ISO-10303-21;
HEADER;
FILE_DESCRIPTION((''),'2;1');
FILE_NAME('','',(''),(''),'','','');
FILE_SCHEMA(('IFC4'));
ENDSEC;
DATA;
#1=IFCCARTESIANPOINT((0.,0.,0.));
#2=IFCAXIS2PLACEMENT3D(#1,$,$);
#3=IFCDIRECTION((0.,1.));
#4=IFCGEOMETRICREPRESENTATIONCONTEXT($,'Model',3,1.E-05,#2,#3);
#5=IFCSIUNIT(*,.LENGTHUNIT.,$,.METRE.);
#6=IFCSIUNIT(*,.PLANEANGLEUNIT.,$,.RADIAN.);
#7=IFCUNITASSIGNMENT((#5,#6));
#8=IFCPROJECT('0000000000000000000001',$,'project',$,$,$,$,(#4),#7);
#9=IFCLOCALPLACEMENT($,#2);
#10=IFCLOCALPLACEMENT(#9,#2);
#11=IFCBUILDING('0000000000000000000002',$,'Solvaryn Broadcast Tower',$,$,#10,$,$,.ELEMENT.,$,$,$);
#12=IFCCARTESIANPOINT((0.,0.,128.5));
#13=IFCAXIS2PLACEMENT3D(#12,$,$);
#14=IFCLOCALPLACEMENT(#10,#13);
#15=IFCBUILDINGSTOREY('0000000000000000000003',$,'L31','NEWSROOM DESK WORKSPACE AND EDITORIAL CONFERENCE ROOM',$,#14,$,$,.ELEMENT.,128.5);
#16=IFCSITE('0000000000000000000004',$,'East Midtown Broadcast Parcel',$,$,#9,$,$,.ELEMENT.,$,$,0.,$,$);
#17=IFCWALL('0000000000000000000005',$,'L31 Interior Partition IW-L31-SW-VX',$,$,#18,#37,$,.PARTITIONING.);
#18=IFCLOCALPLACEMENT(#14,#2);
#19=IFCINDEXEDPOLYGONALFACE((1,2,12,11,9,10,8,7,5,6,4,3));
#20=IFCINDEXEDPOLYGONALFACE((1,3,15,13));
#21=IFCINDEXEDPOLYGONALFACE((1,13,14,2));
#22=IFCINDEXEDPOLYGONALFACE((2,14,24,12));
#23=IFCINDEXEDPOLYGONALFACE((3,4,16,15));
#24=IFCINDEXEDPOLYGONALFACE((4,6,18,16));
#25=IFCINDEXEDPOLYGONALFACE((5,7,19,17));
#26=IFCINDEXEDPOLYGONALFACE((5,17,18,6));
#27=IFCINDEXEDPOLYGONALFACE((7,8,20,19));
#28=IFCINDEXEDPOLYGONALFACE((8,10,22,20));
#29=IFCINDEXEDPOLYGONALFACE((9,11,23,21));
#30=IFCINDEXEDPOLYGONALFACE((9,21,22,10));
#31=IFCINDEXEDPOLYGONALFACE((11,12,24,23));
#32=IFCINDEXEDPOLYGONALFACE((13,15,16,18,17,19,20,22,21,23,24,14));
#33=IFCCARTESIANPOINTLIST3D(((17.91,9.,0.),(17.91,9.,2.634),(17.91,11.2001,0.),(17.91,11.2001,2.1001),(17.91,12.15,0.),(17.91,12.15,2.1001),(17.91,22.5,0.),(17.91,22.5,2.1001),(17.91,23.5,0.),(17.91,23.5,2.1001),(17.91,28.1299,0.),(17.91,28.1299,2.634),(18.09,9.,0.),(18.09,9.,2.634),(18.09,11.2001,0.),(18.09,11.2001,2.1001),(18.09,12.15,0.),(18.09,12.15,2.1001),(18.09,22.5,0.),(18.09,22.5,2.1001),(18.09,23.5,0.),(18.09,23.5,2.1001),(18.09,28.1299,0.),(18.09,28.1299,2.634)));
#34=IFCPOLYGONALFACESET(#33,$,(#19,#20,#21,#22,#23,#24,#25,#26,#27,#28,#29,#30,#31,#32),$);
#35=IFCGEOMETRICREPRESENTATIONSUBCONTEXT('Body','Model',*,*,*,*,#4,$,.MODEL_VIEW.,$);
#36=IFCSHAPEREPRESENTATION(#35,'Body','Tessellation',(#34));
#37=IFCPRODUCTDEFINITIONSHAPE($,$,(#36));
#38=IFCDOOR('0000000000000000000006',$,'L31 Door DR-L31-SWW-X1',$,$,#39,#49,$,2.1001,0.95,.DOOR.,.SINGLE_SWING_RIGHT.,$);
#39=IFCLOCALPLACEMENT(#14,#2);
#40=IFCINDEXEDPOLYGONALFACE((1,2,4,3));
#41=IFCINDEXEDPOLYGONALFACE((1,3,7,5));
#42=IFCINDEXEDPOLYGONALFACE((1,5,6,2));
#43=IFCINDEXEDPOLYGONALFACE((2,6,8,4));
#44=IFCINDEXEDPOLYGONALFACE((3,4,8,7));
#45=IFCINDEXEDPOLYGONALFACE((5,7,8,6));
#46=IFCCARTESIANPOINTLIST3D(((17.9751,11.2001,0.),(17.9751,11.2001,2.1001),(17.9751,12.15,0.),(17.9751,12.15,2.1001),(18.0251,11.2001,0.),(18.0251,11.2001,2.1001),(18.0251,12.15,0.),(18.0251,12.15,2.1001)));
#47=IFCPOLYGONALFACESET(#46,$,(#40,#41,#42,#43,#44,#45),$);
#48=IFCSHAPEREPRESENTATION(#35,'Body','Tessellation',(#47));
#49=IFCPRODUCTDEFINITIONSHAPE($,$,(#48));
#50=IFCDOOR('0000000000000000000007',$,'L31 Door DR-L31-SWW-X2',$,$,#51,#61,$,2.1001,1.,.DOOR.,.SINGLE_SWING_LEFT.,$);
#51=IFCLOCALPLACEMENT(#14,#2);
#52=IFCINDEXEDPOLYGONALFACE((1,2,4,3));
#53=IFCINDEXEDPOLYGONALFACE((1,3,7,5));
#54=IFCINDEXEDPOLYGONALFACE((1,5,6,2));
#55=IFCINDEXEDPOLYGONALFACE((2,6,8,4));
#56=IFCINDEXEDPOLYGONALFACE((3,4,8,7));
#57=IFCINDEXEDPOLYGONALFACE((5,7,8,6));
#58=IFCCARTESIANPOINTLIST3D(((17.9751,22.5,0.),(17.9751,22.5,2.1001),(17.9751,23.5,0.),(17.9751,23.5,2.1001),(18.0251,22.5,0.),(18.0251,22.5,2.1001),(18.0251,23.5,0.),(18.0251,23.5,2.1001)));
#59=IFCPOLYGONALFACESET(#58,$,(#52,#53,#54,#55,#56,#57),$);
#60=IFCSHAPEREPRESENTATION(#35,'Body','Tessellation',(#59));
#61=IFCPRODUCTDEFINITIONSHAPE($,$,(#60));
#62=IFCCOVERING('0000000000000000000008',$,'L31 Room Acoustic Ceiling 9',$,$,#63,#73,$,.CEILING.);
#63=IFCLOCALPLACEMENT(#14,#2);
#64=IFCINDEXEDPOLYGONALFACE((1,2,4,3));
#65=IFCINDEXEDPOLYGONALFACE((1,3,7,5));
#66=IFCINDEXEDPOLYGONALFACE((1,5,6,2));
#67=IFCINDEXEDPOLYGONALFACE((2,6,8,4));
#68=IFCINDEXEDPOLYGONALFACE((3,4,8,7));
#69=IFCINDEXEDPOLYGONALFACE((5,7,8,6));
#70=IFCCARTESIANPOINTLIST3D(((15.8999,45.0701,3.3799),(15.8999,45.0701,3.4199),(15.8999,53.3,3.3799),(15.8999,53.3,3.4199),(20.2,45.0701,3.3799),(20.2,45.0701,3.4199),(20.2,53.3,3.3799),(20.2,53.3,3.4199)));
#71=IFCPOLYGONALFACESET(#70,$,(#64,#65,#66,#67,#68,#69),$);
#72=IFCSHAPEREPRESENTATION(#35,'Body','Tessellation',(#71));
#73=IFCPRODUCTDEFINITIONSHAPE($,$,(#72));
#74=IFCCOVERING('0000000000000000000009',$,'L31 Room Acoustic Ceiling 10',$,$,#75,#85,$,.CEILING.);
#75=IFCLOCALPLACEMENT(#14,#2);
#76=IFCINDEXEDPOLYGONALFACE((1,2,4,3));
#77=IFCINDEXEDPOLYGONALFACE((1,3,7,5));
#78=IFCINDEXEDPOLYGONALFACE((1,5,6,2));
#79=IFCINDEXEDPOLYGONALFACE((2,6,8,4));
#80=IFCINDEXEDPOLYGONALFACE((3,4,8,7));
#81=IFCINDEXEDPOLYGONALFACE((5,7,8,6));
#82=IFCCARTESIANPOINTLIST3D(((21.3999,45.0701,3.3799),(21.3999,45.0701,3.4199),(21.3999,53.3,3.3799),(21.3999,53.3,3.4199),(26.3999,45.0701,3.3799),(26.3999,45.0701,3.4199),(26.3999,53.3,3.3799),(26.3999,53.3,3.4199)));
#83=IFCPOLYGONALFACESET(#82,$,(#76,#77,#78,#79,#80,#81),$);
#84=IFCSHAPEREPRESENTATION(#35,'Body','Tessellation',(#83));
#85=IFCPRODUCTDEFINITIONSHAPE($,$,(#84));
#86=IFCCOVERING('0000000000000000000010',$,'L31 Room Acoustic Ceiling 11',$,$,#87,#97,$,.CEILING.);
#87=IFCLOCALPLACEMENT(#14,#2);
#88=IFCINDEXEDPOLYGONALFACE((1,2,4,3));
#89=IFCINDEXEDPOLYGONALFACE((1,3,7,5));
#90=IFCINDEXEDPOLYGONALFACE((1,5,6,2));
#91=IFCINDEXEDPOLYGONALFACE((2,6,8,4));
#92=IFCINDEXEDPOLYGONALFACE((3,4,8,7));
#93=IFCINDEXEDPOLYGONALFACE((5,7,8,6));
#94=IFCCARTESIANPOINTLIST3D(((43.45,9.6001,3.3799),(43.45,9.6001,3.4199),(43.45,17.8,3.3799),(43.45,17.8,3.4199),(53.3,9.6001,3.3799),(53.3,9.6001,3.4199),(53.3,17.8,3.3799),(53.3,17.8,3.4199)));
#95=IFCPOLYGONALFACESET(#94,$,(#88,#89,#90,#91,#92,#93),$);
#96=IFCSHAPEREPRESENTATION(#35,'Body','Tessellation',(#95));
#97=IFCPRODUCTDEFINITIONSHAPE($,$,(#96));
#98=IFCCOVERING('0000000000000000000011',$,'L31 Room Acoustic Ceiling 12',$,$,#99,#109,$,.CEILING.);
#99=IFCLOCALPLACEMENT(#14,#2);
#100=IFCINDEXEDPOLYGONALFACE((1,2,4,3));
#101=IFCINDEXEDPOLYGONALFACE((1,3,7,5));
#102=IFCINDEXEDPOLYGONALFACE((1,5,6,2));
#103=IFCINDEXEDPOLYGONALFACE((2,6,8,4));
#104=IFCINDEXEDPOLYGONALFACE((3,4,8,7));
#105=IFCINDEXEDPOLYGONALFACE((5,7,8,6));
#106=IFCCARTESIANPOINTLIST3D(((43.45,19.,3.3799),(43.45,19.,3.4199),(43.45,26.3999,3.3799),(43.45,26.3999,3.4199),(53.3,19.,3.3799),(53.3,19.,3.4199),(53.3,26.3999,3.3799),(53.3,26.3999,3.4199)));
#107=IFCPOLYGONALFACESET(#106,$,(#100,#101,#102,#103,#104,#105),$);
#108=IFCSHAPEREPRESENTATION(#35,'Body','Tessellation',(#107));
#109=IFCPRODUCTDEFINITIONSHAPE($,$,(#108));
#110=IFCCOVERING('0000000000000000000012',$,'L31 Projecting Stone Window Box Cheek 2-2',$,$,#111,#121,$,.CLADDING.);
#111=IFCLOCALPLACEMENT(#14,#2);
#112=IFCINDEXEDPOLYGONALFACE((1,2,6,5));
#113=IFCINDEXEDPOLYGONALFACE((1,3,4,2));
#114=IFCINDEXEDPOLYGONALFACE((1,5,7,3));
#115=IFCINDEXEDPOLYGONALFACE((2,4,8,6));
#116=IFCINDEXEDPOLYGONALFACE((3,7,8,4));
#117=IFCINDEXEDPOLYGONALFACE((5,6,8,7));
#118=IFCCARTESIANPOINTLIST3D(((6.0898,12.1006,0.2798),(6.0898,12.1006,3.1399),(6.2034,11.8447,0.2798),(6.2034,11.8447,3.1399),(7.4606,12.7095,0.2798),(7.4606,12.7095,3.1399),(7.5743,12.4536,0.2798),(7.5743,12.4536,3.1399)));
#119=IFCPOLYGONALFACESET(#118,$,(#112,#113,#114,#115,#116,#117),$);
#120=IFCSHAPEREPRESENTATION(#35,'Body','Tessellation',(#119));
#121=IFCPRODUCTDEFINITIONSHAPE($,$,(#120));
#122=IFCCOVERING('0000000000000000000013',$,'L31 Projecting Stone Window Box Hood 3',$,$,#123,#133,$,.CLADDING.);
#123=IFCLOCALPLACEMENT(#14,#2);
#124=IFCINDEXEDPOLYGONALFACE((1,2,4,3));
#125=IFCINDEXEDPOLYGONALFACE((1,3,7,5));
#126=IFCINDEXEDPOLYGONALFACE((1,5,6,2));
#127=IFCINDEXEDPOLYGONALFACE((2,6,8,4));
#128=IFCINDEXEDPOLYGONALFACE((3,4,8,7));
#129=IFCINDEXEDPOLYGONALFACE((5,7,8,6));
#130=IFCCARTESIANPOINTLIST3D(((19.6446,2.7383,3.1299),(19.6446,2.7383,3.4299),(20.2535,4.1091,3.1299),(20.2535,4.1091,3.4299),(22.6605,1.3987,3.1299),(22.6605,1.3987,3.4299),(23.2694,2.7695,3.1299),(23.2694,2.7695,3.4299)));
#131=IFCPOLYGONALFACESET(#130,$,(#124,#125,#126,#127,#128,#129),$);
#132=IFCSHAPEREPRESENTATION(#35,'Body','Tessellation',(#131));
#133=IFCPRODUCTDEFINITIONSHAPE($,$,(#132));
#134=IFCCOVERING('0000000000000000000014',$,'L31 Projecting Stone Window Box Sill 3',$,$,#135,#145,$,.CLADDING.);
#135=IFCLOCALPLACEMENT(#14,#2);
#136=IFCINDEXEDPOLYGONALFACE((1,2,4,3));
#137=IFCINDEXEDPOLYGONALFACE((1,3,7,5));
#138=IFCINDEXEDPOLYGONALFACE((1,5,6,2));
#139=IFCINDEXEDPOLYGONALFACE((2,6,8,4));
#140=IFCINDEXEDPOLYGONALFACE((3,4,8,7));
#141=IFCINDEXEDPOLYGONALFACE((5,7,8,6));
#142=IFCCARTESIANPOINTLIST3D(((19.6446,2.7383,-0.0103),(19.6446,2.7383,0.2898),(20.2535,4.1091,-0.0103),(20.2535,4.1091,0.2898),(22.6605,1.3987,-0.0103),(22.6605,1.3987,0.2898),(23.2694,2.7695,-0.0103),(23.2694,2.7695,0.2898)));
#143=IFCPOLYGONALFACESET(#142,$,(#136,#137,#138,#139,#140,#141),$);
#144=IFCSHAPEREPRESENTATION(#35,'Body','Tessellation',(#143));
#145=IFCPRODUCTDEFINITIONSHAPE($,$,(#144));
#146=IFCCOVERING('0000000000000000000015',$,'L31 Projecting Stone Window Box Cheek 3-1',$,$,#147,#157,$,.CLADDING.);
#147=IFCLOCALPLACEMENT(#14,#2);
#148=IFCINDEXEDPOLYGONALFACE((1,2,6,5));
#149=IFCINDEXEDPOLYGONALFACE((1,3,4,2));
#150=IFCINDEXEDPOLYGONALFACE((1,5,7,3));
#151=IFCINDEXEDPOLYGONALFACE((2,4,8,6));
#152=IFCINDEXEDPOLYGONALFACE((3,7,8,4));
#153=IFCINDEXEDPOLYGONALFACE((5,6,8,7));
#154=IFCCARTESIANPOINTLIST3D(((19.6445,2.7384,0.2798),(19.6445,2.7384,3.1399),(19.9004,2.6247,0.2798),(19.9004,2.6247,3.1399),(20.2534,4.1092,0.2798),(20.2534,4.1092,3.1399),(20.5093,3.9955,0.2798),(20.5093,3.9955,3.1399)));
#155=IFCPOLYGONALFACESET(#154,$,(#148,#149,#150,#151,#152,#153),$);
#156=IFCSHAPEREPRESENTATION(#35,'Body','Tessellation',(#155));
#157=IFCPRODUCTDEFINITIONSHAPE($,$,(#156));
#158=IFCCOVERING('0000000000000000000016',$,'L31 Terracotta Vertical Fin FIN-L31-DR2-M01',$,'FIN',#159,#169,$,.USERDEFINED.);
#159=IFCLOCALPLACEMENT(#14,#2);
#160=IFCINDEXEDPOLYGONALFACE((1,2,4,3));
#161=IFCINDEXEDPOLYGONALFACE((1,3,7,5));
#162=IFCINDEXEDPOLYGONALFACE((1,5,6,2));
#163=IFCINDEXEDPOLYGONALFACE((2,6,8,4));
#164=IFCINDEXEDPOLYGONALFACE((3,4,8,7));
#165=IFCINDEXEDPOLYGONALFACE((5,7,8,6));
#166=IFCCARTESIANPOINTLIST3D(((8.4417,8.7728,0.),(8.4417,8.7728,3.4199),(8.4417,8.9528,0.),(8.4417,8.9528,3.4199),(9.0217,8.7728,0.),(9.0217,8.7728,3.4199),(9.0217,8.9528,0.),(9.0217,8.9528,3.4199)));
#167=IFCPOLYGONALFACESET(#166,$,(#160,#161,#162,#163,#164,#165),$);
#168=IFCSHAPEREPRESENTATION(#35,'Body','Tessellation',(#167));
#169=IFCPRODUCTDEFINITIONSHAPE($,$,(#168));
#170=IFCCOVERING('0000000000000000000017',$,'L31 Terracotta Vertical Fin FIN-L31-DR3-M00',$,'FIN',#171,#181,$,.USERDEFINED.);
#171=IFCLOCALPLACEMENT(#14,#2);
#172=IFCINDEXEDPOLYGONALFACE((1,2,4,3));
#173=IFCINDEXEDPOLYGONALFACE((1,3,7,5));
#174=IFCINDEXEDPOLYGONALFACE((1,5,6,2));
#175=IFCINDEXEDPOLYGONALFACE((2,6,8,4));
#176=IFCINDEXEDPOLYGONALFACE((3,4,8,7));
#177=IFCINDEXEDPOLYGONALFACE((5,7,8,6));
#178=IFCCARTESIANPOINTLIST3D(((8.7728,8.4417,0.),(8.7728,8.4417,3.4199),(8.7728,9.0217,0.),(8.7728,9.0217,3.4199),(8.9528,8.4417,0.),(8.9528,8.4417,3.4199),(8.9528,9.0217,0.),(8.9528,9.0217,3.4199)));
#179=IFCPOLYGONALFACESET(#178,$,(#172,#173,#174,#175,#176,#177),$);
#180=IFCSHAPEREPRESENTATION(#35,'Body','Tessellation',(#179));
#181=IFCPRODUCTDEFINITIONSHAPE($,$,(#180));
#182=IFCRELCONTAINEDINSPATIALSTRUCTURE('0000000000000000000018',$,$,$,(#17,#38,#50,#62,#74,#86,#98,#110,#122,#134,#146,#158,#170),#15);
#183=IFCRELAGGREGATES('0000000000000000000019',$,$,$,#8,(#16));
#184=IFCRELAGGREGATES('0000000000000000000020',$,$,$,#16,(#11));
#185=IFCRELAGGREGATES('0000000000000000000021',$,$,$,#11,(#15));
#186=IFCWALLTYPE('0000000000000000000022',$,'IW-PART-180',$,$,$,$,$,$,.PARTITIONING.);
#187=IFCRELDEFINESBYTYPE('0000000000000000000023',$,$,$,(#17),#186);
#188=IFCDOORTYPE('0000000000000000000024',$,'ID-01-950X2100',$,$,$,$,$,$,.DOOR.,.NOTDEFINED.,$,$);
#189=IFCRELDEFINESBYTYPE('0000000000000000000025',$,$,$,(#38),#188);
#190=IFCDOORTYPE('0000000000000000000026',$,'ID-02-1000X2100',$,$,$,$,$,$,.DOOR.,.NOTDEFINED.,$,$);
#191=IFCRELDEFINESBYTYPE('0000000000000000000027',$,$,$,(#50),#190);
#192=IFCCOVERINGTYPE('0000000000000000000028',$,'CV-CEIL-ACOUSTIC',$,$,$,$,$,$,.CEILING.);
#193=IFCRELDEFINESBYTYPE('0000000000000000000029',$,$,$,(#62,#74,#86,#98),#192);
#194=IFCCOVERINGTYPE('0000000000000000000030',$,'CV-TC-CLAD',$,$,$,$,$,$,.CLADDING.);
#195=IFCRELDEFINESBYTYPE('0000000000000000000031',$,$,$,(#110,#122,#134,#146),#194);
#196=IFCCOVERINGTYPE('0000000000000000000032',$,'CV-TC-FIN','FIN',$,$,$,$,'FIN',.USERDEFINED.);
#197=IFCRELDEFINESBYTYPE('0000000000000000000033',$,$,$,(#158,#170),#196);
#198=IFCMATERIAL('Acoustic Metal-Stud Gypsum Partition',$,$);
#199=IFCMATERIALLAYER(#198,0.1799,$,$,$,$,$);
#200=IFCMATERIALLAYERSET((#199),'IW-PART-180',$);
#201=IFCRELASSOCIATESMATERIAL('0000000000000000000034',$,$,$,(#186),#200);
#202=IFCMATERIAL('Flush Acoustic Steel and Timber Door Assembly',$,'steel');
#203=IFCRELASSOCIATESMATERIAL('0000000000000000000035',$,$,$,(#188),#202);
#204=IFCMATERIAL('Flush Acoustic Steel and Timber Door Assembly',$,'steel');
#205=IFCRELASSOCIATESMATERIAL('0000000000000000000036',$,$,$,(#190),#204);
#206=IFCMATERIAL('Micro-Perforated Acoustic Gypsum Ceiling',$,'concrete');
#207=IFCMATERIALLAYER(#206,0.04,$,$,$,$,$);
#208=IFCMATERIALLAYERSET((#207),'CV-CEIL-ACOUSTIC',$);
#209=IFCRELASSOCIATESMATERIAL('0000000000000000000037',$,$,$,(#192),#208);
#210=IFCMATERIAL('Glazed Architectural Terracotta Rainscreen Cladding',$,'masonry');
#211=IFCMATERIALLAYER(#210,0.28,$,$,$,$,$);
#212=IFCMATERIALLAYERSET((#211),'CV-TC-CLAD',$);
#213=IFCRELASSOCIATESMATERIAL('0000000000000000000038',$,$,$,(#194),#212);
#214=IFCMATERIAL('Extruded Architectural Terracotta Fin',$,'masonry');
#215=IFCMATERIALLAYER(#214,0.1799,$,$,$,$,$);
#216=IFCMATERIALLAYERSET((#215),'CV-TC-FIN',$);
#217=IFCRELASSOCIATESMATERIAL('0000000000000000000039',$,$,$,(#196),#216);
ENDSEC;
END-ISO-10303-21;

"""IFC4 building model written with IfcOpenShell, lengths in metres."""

from ifc_helpers import new_model, si_unit, direction, frame, frame_2d, origin, origin_2d, place, context, subcontext, project, spatial, polyline, rectangle, outline, extrude, material, layer, layer_set, type_object, element, fill, save


model = new_model("IFC4")

# Units and contexts
model_context = context("Model", 3, precision=1e-05, world=origin(), true_north=direction((0.0, 1.0)))
body_context = subcontext(model_context, "Body", "Model", "MODEL_VIEW")
ifc_project = project(units=[si_unit("LENGTHUNIT", "METRE"), si_unit("PLANEANGLEUNIT", "RADIAN")], contexts=[model_context])

# Site, building, storey
site_placement = place(None, origin())
site = spatial("IfcSite", under=ifc_project, at=site_placement, Name="East Midtown Broadcast Parcel", CompositionType="ELEMENT", RefElevation=0.0)
building_placement = place(site_placement, origin())
building = spatial("IfcBuilding", under=site, at=building_placement, Name="Solvaryn Broadcast Tower", CompositionType="ELEMENT")
storey_placement = place(building_placement, frame((0.0, 0.0, 128.5)))
storey = spatial("IfcBuildingStorey", under=building, at=storey_placement, Name="L31", Description="NEWSROOM DESK WORKSPACE AND EDITORIAL CONFERENCE ROOM", CompositionType="ELEMENT", Elevation=128.5)

# Wall, openings, doors
ifc_material_1 = material(Name="Acoustic Metal-Stud Gypsum Partition")
ifc_layer_1 = layer(ifc_material_1, 0.1799)
ifc_layer_set_1 = layer_set([ifc_layer_1], Name="IW-PART-180")
wall_type_1 = type_object("IfcWallType", Name="IW-PART-180", PredefinedType="PARTITIONING", material=ifc_layer_set_1)
wall_1_placement = place(storey_placement, frame((18.0, 9.0, 0.0), z_axis=(0.0, 0.0, 1.0), x_axis=(0.0, 1.0, 0.0)))
wall_1 = element("IfcWall", 1, at=wall_1_placement, inside=storey, type_object=wall_type_1, Name="L31 Interior Partition IW-L31-SW-VX", PredefinedType="PARTITIONING", context=body_context, shape_type="SweptSolid", body=[
    extrude(rectangle(XDim=19.1299, YDim=0.1799, at=frame_2d((9.5649, 0.0))), origin(), (0.0, 0.0, 1.0), 2.634),
])
opening_1_placement = place(wall_1_placement, frame((2.2, 0.0, 0.0)))
opening_1 = element("IfcOpeningElement", 2, at=opening_1_placement, cuts=wall_1, PredefinedType="OPENING", context=body_context, shape_type="SweptSolid", body=[
    extrude(rectangle(XDim=0.95, YDim=2.1001, at=frame_2d((0.4751, 1.05))), frame((0.0, 0.0999, 0.0), z_axis=(0.0, -1.0, 0.0), x_axis=(1.0, 0.0, 0.0)), (0.0, 0.0, 1.0), 0.2),
])
opening_2_placement = place(wall_1_placement, frame((13.5, 0.0, 0.0)))
opening_2 = element("IfcOpeningElement", 3, at=opening_2_placement, cuts=wall_1, PredefinedType="OPENING", context=body_context, shape_type="SweptSolid", body=[
    extrude(rectangle(XDim=1.0, YDim=2.1001, at=frame_2d((0.5, 1.05))), frame((0.0, 0.0999, 0.0), z_axis=(0.0, -1.0, 0.0), x_axis=(1.0, 0.0, 0.0)), (0.0, 0.0, 1.0), 0.2),
])
ifc_material_2 = material(Name="Flush Acoustic Steel and Timber Door Assembly", Category="steel")
door_type_1 = type_object("IfcDoorType", Name="ID-01-950X2100", OperationType="NOTDEFINED", PredefinedType="DOOR", material=ifc_material_2)
door_1_placement = place(opening_1_placement, origin())
door_1 = element("IfcDoor", 4, at=door_1_placement, inside=storey, type_object=door_type_1, Name="L31 Door DR-L31-SWW-X1", OperationType="SINGLE_SWING_RIGHT", OverallHeight=2.1001, OverallWidth=0.95, PredefinedType="DOOR", context=body_context, shape_type="SweptSolid", body=[
    extrude(rectangle(XDim=0.95, YDim=2.1001, at=frame_2d((0.4751, 1.05))), frame((0.0, 0.0249, 0.0), z_axis=(0.0, -1.0, 0.0), x_axis=(1.0, 0.0, 0.0)), (0.0, 0.0, 1.0), 0.05),
])
fill(opening_1, door_1)
ifc_material_3 = material(Name="Flush Acoustic Steel and Timber Door Assembly", Category="steel")
door_type_2 = type_object("IfcDoorType", Name="ID-02-1000X2100", OperationType="NOTDEFINED", PredefinedType="DOOR", material=ifc_material_3)
door_2_placement = place(opening_2_placement, origin())
door_2 = element("IfcDoor", 5, at=door_2_placement, inside=storey, type_object=door_type_2, Name="L31 Door DR-L31-SWW-X2", OperationType="SINGLE_SWING_LEFT", OverallHeight=2.1001, OverallWidth=1.0, PredefinedType="DOOR", context=body_context, shape_type="SweptSolid", body=[
    extrude(rectangle(XDim=1.0, YDim=2.1001, at=frame_2d((0.5, 1.05))), frame((0.0, 0.0249, 0.0), z_axis=(0.0, -1.0, 0.0), x_axis=(1.0, 0.0, 0.0)), (0.0, 0.0, 1.0), 0.05),
])
fill(opening_2, door_2)

# Coverings
ifc_material_4 = material(Name="Micro-Perforated Acoustic Gypsum Ceiling", Category="concrete")
ifc_layer_2 = layer(ifc_material_4, 0.04)
ifc_layer_set_2 = layer_set([ifc_layer_2], Name="CV-CEIL-ACOUSTIC")
covering_type_1 = type_object("IfcCoveringType", Name="CV-CEIL-ACOUSTIC", PredefinedType="CEILING", material=ifc_layer_set_2)
covering_1_placement = place(storey_placement, frame((0.0, 0.0, 3.3799)))
element("IfcCovering", 6, at=covering_1_placement, inside=storey, type_object=covering_type_1, Name="L31 Room Acoustic Ceiling 9", PredefinedType="CEILING", context=body_context, shape_type="SweptSolid", body=[
    extrude(outline(polyline([(15.8999, 45.0701), (20.2, 45.0701), (20.2, 53.3), (15.8999, 53.3), (15.8999, 45.0701)])), origin(), (0.0, 0.0, 1.0), 0.04),
])
covering_2_placement = place(storey_placement, frame((0.0, 0.0, 3.3799)))
element("IfcCovering", 7, at=covering_2_placement, inside=storey, type_object=covering_type_1, Name="L31 Room Acoustic Ceiling 10", PredefinedType="CEILING", context=body_context, shape_type="SweptSolid", body=[
    extrude(outline(polyline([(21.3999, 45.0701), (26.3999, 45.0701), (26.3999, 53.3), (21.3999, 53.3), (21.3999, 45.0701)])), origin(), (0.0, 0.0, 1.0), 0.04),
])
covering_3_placement = place(storey_placement, frame((0.0, 0.0, 3.3799)))
element("IfcCovering", 8, at=covering_3_placement, inside=storey, type_object=covering_type_1, Name="L31 Room Acoustic Ceiling 11", PredefinedType="CEILING", context=body_context, shape_type="SweptSolid", body=[
    extrude(outline(polyline([(43.45, 9.6001), (53.3, 9.6001), (53.3, 17.8), (43.45, 17.8), (43.45, 9.6001)])), origin(), (0.0, 0.0, 1.0), 0.04),
])
covering_4_placement = place(storey_placement, frame((0.0, 0.0, 3.3799)))
element("IfcCovering", 9, at=covering_4_placement, inside=storey, type_object=covering_type_1, Name="L31 Room Acoustic Ceiling 12", PredefinedType="CEILING", context=body_context, shape_type="SweptSolid", body=[
    extrude(outline(polyline([(43.45, 19.0), (53.3, 19.0), (53.3, 26.3999), (43.45, 26.3999), (43.45, 19.0)])), origin(), (0.0, 0.0, 1.0), 0.04),
])
ifc_material_5 = material(Name="Glazed Architectural Terracotta Rainscreen Cladding", Category="masonry")
ifc_layer_3 = layer(ifc_material_5, 0.28)
ifc_layer_set_3 = layer_set([ifc_layer_3], Name="CV-TC-CLAD")
covering_type_2 = type_object("IfcCoveringType", Name="CV-TC-CLAD", PredefinedType="CLADDING", material=ifc_layer_set_3)
covering_5_placement = place(storey_placement, frame((6.832, 12.2771, 0.2798), z_axis=(0.0, 0.0, 1.0), x_axis=(0.405939, -0.9139, 0.0)))
element("IfcCovering", 10, at=covering_5_placement, inside=storey, type_object=covering_type_2, Name="L31 Projecting Stone Window Box Cheek 2-2", PredefinedType="CLADDING", context=body_context, shape_type="SweptSolid", body=[
    extrude(rectangle(XDim=0.28, YDim=1.5, at=origin_2d()), origin(), (0.0, 0.0, 1.0), 2.8601),
])
for number, where, z_axis, x_axis, name in (
    (11, (21.457, 2.7539, 3.1299), (0.0, 0.0, 1.0), (0.9139, -0.405939, 0.0), "L31 Projecting Stone Window Box Hood 3"),
    (12, (21.457, 2.7539, -0.0103), (0.0, 0.0, 1.0), (0.9139, -0.405939, 0.0), "L31 Projecting Stone Window Box Sill 3"),
):
    element("IfcCovering", number, at=place(storey_placement, frame(where, z_axis=z_axis, x_axis=x_axis)), inside=storey, type_object=covering_type_2, Name=name, PredefinedType="CLADDING", context=body_context, shape_type="SweptSolid", body=[
        extrude(rectangle(XDim=3.3, YDim=1.5, at=origin_2d()), origin(), (0.0, 0.0, 1.0), 0.3),
    ])
covering_6_placement = place(storey_placement, frame((20.0769, 3.3669, 0.2798), z_axis=(0.0, 0.0, 1.0), x_axis=(0.9139, -0.405939, 0.0)))
element("IfcCovering", 13, at=covering_6_placement, inside=storey, type_object=covering_type_2, Name="L31 Projecting Stone Window Box Cheek 3-1", PredefinedType="CLADDING", context=body_context, shape_type="SweptSolid", body=[
    extrude(rectangle(XDim=0.28, YDim=1.5, at=origin_2d()), origin(), (0.0, 0.0, 1.0), 2.8601),
])
ifc_material_6 = material(Name="Extruded Architectural Terracotta Fin", Category="masonry")
ifc_layer_4 = layer(ifc_material_6, 0.1799)
ifc_layer_set_4 = layer_set([ifc_layer_4], Name="CV-TC-FIN")
covering_type_3 = type_object("IfcCoveringType", Name="CV-TC-FIN", Description="FIN", ElementType="FIN", PredefinedType="USERDEFINED", material=ifc_layer_set_4)
covering_7_placement = place(storey_placement, frame((8.7317, 8.8628, 0.0), z_axis=(0.0, 0.0, 1.0), x_axis=(1.0, 0.0, 0.0)))
element("IfcCovering", 14, at=covering_7_placement, inside=storey, type_object=covering_type_3, Name="L31 Terracotta Vertical Fin FIN-L31-DR2-M01", ObjectType="FIN", PredefinedType="USERDEFINED", context=body_context, shape_type="SweptSolid", body=[
    extrude(rectangle(XDim=0.5801, YDim=0.1799, at=origin_2d()), origin(), (0.0, 0.0, 1.0), 3.4199),
])
covering_8_placement = place(storey_placement, frame((8.8628, 8.7317, 0.0), z_axis=(0.0, 0.0, 1.0), x_axis=(1.0, 0.0, 0.0)))
element("IfcCovering", 15, at=covering_8_placement, inside=storey, type_object=covering_type_3, Name="L31 Terracotta Vertical Fin FIN-L31-DR3-M00", ObjectType="FIN", PredefinedType="USERDEFINED", context=body_context, shape_type="SweptSolid", body=[
    extrude(rectangle(XDim=0.1799, YDim=0.5801, at=origin_2d()), origin(), (0.0, 0.0, 1.0), 3.4199),
])

save(model, "model.ifc")
